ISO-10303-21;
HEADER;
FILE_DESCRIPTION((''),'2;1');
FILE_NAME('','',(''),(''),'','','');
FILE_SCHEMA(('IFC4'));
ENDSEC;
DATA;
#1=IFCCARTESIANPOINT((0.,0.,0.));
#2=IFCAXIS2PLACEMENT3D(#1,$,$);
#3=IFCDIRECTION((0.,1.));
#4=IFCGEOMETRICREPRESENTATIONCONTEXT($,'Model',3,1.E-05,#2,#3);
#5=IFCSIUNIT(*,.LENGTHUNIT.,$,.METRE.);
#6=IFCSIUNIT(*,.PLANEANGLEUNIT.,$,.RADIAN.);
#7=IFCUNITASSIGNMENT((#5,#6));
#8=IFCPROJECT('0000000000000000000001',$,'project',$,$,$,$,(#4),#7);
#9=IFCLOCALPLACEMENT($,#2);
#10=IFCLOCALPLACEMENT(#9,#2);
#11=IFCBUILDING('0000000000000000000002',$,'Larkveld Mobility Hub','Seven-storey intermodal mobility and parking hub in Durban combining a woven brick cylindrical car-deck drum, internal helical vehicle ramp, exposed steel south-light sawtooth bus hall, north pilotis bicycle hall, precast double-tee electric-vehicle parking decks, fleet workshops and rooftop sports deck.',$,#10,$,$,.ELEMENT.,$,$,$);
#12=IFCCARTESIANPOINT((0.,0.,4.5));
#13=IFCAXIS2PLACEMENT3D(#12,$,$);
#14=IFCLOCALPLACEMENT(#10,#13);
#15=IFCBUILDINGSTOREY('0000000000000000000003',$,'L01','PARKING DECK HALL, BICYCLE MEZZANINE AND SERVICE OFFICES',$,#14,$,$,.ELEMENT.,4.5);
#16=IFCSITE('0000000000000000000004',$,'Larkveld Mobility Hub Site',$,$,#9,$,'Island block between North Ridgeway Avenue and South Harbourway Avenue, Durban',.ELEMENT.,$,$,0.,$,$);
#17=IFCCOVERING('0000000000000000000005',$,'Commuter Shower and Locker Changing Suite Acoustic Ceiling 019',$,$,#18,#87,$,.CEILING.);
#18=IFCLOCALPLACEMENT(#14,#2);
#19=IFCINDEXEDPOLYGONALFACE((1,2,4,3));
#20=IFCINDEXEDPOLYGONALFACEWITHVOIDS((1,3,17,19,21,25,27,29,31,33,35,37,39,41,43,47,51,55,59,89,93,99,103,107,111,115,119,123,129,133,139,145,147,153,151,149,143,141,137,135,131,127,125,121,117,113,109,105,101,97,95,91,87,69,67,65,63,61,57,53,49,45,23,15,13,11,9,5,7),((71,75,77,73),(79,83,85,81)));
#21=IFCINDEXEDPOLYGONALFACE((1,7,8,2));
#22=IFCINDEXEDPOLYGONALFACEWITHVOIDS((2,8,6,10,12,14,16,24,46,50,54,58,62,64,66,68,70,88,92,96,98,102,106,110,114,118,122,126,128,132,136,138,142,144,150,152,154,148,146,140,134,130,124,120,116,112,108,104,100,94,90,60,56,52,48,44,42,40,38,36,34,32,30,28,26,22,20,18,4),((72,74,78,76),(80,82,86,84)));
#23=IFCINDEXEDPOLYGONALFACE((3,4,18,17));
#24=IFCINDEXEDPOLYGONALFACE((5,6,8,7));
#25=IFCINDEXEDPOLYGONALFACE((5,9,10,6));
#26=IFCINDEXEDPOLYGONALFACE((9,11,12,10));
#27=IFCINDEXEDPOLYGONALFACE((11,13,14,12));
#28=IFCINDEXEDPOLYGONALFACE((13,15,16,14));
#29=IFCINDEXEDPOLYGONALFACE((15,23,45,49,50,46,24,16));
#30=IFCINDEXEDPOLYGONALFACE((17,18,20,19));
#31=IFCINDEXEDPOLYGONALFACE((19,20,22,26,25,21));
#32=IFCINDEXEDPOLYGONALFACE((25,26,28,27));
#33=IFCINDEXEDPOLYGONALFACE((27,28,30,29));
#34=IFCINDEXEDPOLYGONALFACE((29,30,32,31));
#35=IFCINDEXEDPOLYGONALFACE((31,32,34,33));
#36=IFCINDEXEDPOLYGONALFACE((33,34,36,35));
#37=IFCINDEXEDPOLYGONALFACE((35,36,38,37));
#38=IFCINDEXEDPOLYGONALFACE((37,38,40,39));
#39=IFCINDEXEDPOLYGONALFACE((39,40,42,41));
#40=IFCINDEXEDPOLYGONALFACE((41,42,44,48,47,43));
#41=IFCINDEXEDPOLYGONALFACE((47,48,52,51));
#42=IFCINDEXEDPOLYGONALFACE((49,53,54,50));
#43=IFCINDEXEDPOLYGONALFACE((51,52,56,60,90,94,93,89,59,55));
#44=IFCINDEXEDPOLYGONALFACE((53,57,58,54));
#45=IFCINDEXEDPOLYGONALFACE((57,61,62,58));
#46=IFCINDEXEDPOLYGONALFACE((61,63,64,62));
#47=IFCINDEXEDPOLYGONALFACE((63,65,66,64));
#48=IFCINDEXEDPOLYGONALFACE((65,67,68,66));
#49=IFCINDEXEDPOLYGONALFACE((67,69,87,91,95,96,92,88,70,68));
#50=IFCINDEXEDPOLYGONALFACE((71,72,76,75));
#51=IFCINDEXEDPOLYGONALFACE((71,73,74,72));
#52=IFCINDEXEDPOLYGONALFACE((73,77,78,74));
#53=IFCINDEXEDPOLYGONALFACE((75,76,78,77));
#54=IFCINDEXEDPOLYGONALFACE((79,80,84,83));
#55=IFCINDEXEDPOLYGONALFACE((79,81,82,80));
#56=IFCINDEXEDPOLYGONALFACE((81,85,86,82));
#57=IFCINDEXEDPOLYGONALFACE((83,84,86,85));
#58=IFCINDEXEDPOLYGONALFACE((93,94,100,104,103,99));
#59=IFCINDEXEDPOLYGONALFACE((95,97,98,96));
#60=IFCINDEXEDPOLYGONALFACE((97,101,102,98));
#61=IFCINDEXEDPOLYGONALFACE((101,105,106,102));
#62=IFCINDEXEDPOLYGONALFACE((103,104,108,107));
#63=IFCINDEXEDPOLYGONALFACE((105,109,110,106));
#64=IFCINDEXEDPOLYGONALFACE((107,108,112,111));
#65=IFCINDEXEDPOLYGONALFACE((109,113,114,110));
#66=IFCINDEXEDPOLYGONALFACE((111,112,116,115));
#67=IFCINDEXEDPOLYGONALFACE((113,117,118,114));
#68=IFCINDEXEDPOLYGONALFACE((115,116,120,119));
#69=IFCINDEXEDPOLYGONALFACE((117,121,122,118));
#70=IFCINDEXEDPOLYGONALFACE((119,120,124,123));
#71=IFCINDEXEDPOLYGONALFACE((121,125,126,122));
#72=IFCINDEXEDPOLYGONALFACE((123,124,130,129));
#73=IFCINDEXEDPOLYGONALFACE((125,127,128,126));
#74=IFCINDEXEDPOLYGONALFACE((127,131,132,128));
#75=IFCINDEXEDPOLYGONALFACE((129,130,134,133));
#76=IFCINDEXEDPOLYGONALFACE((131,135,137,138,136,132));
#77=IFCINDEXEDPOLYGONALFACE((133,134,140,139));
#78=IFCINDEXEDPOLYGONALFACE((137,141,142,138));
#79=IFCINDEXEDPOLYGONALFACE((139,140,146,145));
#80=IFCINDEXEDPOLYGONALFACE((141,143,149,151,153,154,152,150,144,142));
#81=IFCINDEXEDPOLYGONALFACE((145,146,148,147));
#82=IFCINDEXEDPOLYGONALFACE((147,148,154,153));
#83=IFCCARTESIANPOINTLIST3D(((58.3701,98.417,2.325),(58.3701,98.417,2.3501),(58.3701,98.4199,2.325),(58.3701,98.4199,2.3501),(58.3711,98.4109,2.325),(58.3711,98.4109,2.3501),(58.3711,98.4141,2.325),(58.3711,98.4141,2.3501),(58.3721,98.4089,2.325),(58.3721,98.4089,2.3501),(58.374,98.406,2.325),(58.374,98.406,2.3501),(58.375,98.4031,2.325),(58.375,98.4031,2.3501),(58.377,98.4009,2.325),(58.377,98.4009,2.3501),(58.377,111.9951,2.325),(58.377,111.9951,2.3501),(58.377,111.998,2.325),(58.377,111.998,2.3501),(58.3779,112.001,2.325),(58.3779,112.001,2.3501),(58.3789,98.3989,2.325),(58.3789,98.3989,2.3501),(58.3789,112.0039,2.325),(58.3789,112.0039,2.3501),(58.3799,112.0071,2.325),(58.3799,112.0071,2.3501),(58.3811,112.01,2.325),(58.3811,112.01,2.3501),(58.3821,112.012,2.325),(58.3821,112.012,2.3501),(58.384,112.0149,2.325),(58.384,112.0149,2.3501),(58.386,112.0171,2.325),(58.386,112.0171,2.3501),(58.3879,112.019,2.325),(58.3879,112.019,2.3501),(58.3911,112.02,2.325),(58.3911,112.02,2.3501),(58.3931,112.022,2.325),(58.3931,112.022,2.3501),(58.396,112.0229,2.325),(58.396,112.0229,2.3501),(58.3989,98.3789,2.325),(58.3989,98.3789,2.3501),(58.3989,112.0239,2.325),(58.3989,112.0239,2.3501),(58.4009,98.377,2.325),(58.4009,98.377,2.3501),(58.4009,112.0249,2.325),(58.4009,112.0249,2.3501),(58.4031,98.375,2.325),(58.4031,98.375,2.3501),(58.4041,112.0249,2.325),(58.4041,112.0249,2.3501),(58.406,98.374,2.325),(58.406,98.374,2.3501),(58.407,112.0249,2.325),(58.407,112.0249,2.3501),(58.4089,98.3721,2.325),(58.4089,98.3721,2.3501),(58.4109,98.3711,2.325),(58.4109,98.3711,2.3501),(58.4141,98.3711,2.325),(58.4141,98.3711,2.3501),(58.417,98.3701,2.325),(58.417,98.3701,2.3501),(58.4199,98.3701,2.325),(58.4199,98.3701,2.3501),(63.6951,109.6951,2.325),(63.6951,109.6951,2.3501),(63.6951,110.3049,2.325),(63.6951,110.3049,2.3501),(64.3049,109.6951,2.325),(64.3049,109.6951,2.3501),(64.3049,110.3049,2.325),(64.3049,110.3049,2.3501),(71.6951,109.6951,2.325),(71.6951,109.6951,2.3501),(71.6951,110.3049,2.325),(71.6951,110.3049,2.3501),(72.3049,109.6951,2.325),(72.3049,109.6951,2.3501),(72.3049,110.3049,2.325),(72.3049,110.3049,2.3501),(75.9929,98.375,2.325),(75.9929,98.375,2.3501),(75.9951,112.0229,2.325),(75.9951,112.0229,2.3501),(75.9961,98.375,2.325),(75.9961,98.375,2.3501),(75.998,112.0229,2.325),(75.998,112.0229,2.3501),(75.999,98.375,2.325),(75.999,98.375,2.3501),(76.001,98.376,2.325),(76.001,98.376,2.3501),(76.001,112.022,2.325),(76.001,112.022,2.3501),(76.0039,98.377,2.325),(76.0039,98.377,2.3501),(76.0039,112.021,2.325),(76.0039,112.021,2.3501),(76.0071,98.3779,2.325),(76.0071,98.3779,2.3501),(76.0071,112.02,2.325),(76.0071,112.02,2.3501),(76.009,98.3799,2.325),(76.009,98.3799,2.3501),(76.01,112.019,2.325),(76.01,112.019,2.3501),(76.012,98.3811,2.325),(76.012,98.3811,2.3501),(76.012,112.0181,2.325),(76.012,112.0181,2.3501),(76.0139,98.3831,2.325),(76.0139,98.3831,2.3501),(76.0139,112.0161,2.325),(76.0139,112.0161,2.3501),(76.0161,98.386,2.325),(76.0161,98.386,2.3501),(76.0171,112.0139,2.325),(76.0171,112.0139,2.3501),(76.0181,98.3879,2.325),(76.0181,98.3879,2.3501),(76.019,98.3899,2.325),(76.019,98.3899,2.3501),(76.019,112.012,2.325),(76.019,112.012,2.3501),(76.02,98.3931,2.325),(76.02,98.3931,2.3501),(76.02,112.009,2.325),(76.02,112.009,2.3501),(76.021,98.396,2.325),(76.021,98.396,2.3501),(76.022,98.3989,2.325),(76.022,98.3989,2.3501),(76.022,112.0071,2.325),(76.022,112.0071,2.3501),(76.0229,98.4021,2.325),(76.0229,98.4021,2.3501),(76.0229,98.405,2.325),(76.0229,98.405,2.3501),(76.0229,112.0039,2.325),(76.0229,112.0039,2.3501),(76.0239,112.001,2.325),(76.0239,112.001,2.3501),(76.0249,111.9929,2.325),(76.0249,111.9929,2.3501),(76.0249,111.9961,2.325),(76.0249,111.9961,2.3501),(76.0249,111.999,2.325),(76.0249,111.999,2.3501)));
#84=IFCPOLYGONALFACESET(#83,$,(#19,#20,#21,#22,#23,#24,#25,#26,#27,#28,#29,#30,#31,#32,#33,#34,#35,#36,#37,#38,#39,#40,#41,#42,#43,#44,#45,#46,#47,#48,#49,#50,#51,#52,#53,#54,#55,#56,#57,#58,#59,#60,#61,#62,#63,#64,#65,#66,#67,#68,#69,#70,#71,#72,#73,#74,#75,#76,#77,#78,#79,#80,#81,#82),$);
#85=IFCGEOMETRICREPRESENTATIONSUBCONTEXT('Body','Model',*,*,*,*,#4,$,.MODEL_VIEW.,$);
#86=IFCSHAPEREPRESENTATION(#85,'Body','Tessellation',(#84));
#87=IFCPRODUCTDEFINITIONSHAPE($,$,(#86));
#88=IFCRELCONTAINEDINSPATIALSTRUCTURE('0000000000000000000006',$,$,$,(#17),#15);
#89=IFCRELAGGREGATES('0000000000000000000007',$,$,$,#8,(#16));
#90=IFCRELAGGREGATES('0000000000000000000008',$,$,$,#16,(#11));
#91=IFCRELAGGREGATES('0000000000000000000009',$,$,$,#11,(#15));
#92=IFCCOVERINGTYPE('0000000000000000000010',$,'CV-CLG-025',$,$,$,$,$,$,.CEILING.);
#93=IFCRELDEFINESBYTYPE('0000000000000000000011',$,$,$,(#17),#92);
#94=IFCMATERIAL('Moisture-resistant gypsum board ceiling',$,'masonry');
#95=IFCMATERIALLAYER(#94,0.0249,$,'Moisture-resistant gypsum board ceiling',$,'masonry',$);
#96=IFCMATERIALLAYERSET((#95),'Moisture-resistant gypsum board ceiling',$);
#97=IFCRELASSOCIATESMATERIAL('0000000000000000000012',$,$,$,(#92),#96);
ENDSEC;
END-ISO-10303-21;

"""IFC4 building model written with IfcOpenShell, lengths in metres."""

from ifc_helpers import new_model, si_unit, direction, frame, origin, place, context, subcontext, project, spatial, polyline, outline, extrude, material, layer, layer_set, type_object, element, save


model = new_model("IFC4")

# Units and contexts
model_context = context("Model", 3, precision=1e-05, world=origin(), true_north=direction((0.0, 1.0)))
body_context = subcontext(model_context, "Body", "Model", "MODEL_VIEW")
ifc_project = project(units=[si_unit("LENGTHUNIT", "METRE"), si_unit("PLANEANGLEUNIT", "RADIAN")], contexts=[model_context])

# Site, building, storey
site_placement = place(None, origin())
site = spatial("IfcSite", under=ifc_project, at=site_placement, Name="Larkveld Mobility Hub Site", LongName="Island block between North Ridgeway Avenue and South Harbourway Avenue, Durban", CompositionType="ELEMENT", RefElevation=0.0)
building_placement = place(site_placement, origin())
building = spatial("IfcBuilding", under=site, at=building_placement, Name="Larkveld Mobility Hub", Description="Seven-storey intermodal mobility and parking hub in Durban combining a woven brick cylindrical car-deck drum, internal helical vehicle ramp, exposed steel south-light sawtooth bus hall, north pilotis bicycle hall, precast double-tee electric-vehicle parking decks, fleet workshops and rooftop sports deck.", CompositionType="ELEMENT")
storey_placement = place(building_placement, frame((0.0, 0.0, 4.5)))
storey = spatial("IfcBuildingStorey", under=building, at=storey_placement, Name="L01", Description="PARKING DECK HALL, BICYCLE MEZZANINE AND SERVICE OFFICES", CompositionType="ELEMENT", Elevation=4.5)

# Covering
ifc_material_1 = material(Name="Moisture-resistant gypsum board ceiling", Category="masonry")
ifc_layer_1 = layer(ifc_material_1, 0.0249, Name="Moisture-resistant gypsum board ceiling", Category="masonry")
ifc_layer_set_1 = layer_set([ifc_layer_1], Name="Moisture-resistant gypsum board ceiling")
covering_type_1 = type_object("IfcCoveringType", Name="CV-CLG-025", PredefinedType="CEILING", material=ifc_layer_set_1)
covering_1_placement = place(storey_placement, frame((0.0, 0.0, 2.325)))
element("IfcCovering", 1, at=covering_1_placement, inside=storey, type_object=covering_type_1, Name="Commuter Shower and Locker Changing Suite Acoustic Ceiling 019", PredefinedType="CEILING", context=body_context, shape_type="SweptSolid", body=[
    extrude(outline(polyline([(58.417, 98.3701), (58.4141, 98.3711), (58.4109, 98.3711), (58.4089, 98.3721), (58.406, 98.374), (58.4031, 98.375), (58.4009, 98.377), (58.3989, 98.3789), (58.3789, 98.3989), (58.377, 98.4009), (58.375, 98.4031), (58.374, 98.406), (58.3721, 98.4089), (58.3711, 98.4109), (58.3711, 98.4141), (58.3701, 98.417), (58.3701, 98.4199), (58.377, 111.9951), (58.377, 111.998), (58.3779, 112.001), (58.3789, 112.0039), (58.3799, 112.0071), (58.3811, 112.01), (58.3821, 112.012), (58.384, 112.0149), (58.386, 112.0171), (58.3879, 112.019), (58.3911, 112.02), (58.3931, 112.022), (58.396, 112.0229), (58.3989, 112.0239), (58.4009, 112.0249), (58.4041, 112.0249), (58.407, 112.0249), (75.9951, 112.0229), (75.998, 112.0229), (76.001, 112.022), (76.0039, 112.021), (76.0071, 112.02), (76.01, 112.019), (76.012, 112.0181), (76.0139, 112.0161), (76.0171, 112.0139), (76.019, 112.012), (76.02, 112.009), (76.022, 112.0071), (76.0229, 112.0039), (76.0239, 112.001), (76.0249, 111.999), (76.0249, 111.9961), (76.0249, 111.9929), (76.0229, 98.405), (76.0229, 98.4021), (76.022, 98.3989), (76.021, 98.396), (76.02, 98.3931), (76.019, 98.3899), (76.0181, 98.3879), (76.0161, 98.386), (76.0139, 98.3831), (76.012, 98.3811), (76.009, 98.3799), (76.0071, 98.3779), (76.0039, 98.377), (76.001, 98.376), (75.999, 98.375), (75.9961, 98.375), (75.9929, 98.375), (58.4199, 98.3701), (58.417, 98.3701)]), holes=[polyline([(63.6951, 109.6951), (64.3049, 109.6951), (64.3049, 110.3049), (63.6951, 110.3049), (63.6951, 109.6951)]), polyline([(71.6951, 109.6951), (72.3049, 109.6951), (72.3049, 110.3049), (71.6951, 110.3049), (71.6951, 109.6951)])]), origin(), (0.0, 0.0, 1.0), 0.0251),
])

save(model, "model.ifc")
